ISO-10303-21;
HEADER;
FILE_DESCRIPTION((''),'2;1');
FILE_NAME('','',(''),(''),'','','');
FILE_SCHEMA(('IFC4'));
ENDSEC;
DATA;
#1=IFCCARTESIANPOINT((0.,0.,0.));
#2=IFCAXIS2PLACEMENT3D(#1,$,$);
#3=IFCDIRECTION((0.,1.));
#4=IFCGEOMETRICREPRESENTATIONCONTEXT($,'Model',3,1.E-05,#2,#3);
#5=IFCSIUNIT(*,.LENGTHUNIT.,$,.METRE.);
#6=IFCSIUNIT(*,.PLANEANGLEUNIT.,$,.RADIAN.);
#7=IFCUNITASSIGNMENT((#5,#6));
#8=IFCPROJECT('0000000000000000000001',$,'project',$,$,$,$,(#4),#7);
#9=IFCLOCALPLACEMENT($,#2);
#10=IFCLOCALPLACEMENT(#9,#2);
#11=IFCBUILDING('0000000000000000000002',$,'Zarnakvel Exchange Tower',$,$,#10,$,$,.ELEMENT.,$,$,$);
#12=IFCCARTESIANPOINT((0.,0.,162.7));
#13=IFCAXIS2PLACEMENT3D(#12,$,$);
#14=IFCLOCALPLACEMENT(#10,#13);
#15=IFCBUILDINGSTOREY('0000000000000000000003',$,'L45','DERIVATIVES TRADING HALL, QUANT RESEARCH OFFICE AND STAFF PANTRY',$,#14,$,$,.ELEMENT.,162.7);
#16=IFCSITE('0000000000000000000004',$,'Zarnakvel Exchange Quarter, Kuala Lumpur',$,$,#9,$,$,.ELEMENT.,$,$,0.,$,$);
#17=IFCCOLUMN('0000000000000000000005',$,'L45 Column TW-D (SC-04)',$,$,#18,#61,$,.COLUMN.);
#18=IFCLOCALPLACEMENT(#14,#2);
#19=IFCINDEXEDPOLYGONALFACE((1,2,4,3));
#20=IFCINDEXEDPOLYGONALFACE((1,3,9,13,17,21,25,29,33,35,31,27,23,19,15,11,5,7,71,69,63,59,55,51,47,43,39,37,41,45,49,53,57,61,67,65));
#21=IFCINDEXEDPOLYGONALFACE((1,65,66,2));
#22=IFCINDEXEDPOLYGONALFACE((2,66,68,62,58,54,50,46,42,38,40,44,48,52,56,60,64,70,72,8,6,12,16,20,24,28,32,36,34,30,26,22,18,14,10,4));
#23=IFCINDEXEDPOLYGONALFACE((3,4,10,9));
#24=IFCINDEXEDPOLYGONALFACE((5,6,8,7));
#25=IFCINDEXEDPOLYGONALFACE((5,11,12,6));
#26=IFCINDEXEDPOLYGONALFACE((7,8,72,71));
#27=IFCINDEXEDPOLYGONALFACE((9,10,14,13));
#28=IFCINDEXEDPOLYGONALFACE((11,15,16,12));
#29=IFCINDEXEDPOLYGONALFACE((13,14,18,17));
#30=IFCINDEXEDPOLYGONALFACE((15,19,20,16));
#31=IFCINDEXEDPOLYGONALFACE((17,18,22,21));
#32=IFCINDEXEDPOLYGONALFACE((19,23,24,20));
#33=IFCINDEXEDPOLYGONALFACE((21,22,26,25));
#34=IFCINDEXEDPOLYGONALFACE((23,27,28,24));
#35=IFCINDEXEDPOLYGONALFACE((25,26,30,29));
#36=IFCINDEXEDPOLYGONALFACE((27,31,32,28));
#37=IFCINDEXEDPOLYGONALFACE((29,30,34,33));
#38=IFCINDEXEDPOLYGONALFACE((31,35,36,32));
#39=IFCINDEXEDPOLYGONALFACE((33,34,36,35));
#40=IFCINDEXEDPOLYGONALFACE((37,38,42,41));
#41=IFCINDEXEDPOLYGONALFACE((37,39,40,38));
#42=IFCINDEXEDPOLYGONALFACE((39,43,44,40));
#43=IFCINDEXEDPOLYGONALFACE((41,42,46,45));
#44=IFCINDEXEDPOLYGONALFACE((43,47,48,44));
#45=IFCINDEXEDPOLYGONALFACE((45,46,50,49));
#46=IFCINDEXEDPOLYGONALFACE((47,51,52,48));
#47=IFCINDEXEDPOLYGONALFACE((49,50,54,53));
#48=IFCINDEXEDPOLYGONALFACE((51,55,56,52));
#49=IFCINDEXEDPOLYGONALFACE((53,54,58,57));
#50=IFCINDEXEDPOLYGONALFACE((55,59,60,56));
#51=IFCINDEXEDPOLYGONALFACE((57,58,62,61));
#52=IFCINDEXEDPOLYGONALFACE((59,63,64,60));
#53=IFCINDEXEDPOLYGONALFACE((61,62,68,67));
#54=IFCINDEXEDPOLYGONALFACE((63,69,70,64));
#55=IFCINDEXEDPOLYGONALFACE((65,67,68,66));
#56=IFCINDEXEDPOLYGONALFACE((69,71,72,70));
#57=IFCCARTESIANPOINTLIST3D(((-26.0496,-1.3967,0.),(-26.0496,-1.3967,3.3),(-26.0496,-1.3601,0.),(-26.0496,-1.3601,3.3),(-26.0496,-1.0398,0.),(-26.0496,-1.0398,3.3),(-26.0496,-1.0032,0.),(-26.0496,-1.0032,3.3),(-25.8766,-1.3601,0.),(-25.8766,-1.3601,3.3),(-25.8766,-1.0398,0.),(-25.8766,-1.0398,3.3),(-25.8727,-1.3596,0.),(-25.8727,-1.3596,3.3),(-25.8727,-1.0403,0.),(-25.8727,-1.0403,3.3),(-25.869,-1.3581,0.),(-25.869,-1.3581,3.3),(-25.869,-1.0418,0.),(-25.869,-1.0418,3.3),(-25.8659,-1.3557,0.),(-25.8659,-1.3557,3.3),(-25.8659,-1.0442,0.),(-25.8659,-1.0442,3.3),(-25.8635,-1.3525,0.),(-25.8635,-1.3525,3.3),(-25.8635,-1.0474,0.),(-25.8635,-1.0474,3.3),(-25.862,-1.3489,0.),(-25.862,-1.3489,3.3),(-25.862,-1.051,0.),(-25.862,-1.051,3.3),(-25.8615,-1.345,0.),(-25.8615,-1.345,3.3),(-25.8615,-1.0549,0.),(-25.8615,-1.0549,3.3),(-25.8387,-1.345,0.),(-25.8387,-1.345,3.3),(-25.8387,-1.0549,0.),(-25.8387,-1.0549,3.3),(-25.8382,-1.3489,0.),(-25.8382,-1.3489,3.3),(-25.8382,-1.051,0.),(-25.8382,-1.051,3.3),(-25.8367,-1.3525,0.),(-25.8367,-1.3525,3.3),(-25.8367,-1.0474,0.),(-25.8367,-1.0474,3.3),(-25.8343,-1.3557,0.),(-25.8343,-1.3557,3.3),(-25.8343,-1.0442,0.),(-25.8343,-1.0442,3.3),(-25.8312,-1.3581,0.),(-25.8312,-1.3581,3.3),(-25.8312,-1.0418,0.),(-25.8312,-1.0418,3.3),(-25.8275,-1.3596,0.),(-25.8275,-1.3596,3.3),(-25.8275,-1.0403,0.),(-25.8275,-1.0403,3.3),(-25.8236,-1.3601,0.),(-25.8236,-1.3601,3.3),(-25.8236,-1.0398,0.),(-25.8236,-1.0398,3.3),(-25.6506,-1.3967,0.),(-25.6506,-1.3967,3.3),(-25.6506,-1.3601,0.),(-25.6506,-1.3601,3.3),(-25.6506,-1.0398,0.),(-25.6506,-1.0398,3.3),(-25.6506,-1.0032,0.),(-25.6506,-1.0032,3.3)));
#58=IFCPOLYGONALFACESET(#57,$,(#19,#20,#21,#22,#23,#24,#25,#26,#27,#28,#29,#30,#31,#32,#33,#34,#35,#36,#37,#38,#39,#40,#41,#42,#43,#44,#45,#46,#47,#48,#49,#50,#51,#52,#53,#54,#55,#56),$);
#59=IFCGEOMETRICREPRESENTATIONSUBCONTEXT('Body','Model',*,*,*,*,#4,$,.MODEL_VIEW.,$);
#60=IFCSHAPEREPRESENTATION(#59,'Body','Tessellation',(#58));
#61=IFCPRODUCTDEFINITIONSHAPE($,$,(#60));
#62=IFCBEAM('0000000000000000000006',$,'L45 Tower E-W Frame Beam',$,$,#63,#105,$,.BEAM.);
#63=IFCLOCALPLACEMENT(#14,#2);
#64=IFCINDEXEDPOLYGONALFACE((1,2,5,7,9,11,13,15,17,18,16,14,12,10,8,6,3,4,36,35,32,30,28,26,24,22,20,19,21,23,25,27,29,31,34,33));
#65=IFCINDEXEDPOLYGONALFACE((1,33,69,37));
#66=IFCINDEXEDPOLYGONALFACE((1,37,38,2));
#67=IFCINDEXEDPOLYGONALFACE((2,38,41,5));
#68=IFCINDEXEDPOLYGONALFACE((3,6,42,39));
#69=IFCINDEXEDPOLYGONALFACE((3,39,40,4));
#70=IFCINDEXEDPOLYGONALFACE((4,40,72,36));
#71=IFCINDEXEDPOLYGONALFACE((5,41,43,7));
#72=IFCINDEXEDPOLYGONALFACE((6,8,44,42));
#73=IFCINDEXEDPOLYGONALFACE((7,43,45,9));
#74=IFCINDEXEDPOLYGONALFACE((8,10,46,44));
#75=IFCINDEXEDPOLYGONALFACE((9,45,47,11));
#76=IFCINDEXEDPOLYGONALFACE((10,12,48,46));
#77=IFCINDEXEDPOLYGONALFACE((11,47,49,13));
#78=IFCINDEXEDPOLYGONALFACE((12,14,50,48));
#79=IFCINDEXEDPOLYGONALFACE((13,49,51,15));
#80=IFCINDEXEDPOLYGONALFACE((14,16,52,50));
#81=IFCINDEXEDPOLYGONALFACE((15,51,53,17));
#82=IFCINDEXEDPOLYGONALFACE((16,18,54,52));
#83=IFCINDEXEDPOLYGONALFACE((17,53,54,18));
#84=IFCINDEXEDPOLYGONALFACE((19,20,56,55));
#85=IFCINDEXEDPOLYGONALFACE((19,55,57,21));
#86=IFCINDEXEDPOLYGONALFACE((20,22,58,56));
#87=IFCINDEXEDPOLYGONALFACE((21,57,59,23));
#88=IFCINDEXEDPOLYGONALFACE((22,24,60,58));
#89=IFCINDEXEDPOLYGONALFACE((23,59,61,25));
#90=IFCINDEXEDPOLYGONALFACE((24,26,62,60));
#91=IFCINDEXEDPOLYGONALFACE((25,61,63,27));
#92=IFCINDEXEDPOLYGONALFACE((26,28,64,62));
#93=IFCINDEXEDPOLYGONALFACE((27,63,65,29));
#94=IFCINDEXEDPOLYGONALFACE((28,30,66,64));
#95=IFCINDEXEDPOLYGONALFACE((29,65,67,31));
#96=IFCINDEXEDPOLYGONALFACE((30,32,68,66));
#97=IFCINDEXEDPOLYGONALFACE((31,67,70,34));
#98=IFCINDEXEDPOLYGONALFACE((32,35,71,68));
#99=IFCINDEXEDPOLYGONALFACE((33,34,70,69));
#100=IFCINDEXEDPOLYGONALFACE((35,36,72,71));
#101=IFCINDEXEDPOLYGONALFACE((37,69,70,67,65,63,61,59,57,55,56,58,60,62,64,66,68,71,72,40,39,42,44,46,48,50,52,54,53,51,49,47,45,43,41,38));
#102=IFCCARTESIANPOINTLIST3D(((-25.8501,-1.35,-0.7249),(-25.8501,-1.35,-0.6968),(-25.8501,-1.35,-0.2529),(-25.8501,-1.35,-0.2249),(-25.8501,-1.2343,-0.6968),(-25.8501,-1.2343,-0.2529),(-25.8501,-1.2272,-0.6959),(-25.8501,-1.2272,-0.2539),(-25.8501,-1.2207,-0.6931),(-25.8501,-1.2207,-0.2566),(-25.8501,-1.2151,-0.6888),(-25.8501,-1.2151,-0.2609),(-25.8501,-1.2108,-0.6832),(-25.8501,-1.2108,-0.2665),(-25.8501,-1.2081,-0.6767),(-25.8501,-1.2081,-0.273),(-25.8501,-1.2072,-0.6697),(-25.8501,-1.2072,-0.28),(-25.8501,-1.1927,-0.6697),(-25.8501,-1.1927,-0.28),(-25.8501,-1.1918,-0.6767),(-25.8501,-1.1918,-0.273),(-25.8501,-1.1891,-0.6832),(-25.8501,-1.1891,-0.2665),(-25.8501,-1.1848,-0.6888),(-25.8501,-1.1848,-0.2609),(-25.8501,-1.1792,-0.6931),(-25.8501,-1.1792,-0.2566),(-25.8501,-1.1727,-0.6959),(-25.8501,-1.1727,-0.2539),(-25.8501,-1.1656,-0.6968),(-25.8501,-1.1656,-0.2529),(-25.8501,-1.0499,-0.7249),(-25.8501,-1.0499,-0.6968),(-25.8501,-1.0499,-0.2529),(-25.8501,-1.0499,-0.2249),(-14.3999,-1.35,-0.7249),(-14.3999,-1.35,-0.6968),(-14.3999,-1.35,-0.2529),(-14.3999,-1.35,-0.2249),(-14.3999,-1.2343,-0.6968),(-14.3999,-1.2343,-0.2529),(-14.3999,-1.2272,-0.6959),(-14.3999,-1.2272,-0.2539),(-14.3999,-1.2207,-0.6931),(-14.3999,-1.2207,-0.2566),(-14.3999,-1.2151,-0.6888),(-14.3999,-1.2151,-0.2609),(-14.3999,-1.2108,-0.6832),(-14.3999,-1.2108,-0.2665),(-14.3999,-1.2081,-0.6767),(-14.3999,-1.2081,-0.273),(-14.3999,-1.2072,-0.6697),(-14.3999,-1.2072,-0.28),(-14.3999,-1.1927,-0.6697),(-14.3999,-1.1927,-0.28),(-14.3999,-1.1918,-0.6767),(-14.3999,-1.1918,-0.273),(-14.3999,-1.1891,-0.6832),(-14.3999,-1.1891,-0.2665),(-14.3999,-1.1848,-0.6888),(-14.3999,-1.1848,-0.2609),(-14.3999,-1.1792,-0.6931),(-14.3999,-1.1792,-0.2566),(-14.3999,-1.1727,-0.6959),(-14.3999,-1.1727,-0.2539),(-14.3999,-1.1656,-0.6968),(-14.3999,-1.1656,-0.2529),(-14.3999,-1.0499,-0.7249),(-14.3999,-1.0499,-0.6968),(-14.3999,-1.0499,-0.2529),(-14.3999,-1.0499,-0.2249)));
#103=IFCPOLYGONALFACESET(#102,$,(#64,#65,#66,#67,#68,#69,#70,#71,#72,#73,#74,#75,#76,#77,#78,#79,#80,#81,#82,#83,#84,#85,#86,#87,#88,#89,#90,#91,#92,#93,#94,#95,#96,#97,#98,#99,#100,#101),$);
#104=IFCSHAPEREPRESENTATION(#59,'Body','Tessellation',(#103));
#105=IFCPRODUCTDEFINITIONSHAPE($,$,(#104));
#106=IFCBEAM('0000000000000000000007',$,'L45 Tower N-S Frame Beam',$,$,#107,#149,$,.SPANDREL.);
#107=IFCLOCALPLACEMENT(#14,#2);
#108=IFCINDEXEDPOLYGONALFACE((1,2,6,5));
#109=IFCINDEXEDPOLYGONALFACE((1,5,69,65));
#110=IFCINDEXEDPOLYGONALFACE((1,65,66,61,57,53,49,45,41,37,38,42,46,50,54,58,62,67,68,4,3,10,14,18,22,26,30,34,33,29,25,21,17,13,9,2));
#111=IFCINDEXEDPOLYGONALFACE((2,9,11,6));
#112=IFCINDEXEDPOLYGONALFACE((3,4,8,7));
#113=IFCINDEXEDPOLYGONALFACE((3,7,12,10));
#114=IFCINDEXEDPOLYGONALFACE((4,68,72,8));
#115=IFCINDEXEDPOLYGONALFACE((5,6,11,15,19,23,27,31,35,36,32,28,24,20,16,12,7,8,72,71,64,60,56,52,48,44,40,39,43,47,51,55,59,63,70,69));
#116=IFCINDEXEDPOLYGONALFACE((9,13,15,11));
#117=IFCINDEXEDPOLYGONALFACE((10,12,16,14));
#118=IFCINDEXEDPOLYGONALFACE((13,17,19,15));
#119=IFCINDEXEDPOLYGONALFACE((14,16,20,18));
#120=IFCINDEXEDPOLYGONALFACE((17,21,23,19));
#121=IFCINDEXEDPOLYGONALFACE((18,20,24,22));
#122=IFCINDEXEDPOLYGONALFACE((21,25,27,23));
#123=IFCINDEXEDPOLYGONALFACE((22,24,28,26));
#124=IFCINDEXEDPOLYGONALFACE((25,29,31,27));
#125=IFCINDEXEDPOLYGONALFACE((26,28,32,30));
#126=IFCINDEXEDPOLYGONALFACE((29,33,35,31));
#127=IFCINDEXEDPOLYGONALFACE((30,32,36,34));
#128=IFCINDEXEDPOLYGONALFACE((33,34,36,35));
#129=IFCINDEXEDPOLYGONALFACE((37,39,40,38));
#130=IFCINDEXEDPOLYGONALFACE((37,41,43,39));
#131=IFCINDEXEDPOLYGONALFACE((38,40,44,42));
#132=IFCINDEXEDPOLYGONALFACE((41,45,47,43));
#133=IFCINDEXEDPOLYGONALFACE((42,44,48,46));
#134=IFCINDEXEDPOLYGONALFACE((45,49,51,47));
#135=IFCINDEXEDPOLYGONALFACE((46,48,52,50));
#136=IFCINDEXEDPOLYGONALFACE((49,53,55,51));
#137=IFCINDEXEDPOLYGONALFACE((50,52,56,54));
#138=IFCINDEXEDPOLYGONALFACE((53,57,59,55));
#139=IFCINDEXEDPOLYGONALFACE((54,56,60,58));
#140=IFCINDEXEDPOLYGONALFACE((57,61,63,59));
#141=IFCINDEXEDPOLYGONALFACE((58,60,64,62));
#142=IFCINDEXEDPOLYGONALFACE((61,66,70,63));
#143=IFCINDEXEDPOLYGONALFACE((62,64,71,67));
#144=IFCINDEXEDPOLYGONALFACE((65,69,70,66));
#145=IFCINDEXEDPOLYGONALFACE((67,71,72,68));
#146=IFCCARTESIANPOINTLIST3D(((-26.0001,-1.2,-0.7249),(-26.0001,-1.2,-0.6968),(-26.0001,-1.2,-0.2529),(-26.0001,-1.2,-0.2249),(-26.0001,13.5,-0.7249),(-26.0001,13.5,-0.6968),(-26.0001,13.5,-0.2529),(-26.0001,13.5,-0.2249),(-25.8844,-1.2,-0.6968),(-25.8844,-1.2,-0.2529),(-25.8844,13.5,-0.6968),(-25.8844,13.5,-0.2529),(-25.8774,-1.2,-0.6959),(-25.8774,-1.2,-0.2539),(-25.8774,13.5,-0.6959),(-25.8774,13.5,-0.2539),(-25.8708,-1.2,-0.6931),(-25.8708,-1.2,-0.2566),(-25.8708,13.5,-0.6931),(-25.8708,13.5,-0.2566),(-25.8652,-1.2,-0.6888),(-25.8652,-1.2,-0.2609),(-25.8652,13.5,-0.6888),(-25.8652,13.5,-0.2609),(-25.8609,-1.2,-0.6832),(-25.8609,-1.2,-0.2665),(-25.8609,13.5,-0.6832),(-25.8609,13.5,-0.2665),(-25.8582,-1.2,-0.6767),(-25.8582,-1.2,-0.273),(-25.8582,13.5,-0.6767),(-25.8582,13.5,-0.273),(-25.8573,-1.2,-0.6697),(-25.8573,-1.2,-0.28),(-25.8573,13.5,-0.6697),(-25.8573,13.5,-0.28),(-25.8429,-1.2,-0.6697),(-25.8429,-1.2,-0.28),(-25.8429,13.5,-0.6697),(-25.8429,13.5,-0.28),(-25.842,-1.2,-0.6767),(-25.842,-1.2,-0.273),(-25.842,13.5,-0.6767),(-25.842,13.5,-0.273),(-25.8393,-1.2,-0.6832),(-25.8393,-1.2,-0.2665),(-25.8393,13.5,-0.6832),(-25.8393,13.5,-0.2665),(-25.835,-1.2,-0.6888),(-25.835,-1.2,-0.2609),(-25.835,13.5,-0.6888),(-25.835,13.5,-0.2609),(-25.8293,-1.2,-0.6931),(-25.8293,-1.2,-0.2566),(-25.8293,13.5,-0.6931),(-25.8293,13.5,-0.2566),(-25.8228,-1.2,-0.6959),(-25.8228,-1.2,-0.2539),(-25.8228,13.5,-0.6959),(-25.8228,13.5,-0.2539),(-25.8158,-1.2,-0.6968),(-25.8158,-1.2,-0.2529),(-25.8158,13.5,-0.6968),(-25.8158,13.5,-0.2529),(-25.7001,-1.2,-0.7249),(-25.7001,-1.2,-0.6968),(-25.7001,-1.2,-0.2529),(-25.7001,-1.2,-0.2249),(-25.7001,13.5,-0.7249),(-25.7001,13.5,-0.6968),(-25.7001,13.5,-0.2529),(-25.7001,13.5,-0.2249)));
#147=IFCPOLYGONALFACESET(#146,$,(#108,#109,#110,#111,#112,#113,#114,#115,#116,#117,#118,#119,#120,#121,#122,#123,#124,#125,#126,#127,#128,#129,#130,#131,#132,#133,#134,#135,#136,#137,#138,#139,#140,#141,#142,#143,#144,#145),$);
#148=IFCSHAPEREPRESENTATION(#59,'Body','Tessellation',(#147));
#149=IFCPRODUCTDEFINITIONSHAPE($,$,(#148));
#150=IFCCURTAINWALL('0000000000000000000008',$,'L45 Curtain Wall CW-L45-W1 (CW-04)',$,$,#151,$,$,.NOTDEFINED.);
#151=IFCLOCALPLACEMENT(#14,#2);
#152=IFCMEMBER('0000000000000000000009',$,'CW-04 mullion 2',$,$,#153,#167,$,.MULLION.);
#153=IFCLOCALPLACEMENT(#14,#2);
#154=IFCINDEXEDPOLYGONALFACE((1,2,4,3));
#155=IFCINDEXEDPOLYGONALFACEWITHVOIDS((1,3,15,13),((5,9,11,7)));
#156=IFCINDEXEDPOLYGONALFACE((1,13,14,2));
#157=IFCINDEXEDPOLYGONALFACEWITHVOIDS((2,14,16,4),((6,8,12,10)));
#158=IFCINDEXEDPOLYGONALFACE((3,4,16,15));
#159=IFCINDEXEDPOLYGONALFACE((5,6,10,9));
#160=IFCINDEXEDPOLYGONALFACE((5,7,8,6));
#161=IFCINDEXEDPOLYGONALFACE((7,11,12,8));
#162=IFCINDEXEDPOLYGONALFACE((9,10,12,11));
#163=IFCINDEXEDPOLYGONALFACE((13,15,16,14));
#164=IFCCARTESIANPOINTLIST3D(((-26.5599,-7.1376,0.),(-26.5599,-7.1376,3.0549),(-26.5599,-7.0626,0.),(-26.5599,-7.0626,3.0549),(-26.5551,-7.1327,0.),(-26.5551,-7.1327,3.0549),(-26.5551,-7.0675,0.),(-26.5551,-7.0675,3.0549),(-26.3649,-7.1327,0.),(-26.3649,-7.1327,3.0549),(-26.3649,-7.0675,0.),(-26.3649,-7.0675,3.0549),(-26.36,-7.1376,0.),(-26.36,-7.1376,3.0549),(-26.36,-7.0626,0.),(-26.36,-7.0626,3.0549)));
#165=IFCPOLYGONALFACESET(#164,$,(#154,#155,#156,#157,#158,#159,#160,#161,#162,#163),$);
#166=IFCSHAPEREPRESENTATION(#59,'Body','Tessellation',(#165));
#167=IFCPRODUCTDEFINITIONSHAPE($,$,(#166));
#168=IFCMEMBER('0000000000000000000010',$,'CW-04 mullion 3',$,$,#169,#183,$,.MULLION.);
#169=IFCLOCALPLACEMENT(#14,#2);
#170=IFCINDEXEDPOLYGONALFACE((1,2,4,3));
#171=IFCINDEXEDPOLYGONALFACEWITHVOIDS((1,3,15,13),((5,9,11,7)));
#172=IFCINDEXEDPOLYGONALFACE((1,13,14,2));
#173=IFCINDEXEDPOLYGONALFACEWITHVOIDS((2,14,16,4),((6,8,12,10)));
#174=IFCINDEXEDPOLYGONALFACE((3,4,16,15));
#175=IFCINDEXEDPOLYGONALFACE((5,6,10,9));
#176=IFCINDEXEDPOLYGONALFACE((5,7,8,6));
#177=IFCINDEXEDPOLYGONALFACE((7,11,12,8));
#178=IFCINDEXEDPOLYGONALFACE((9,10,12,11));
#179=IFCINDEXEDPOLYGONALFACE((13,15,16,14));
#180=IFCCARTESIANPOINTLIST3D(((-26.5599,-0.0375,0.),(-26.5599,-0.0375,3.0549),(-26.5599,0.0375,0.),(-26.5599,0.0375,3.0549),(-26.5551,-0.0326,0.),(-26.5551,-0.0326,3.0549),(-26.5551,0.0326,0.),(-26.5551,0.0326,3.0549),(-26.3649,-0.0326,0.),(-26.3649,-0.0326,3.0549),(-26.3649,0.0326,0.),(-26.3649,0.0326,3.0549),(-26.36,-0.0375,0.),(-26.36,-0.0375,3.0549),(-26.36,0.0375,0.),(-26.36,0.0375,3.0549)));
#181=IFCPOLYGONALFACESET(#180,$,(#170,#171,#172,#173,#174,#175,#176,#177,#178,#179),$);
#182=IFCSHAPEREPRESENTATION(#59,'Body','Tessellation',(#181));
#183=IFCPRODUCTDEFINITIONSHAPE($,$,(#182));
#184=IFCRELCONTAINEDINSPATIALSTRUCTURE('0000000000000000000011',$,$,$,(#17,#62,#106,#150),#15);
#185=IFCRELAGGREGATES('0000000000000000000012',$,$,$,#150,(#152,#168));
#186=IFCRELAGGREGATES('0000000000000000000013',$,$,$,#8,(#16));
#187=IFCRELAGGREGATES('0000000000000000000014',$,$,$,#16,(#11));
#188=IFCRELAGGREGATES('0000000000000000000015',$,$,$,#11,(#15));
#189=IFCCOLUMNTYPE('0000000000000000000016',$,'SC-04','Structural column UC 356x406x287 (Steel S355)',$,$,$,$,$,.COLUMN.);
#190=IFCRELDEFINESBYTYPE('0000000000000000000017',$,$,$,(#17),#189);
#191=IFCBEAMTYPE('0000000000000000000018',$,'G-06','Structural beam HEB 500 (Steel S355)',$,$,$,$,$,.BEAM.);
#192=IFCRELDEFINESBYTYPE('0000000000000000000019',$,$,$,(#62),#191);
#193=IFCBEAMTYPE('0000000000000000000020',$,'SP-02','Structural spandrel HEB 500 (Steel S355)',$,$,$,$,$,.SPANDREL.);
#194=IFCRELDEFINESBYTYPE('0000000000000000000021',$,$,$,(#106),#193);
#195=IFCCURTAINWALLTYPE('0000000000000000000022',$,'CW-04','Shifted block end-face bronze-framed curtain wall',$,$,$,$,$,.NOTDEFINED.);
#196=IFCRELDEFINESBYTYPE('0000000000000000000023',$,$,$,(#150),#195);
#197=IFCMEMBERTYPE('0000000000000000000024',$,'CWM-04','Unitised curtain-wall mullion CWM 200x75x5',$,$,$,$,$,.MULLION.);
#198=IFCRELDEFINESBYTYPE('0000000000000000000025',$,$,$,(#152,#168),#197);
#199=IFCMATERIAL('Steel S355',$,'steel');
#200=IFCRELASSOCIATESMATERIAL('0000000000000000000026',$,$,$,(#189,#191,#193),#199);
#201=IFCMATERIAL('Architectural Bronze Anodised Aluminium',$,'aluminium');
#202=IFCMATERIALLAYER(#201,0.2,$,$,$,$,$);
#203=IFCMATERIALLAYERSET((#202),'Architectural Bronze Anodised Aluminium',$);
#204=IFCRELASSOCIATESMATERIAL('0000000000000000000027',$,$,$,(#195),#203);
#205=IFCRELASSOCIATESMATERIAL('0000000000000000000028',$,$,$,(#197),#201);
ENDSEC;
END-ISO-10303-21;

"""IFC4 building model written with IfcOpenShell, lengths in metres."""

from ifc_helpers import new_model, si_unit, direction, frame, origin, origin_2d, place, context, subcontext, project, spatial, hollow_rectangle, i_section, extrude, source, transform, mapped, material, layer, layer_set, material_profile, profile_set, type_object, element, aggregate, save


model = new_model("IFC4")

# Units and contexts
model_context = context("Model", 3, precision=1e-05, world=origin(), true_north=direction((0.0, 1.0)))
body_context = subcontext(model_context, "Body", "Model", "MODEL_VIEW")
ifc_project = project(units=[si_unit("LENGTHUNIT", "METRE"), si_unit("PLANEANGLEUNIT", "RADIAN")], contexts=[model_context])

# Site, building, storey
site_placement = place(None, origin())
site = spatial("IfcSite", under=ifc_project, at=site_placement, Name="Zarnakvel Exchange Quarter, Kuala Lumpur", CompositionType="ELEMENT", RefElevation=0.0)
building_placement = place(site_placement, origin())
building = spatial("IfcBuilding", under=site, at=building_placement, Name="Zarnakvel Exchange Tower", CompositionType="ELEMENT")
storey_placement = place(building_placement, frame((0.0, 0.0, 162.7)))
storey = spatial("IfcBuildingStorey", under=building, at=storey_placement, Name="L45", Description="DERIVATIVES TRADING HALL, QUANT RESEARCH OFFICE AND STAFF PANTRY", CompositionType="ELEMENT", Elevation=162.7)

# Column
ifc_material_1 = material(Name="Steel S355", Category="steel")
ifc_material_profile_1 = material_profile(ifc_material_1, i_section(OverallWidth=0.3989, OverallDepth=0.3936, WebThickness=0.0227, FlangeThickness=0.0366, FilletRadius=0.0151, at=origin_2d()))
ifc_profile_set_1 = profile_set([ifc_material_profile_1], Name="Steel S355")
column_type = type_object("IfcColumnType", Name="SC-04", Description="Structural column UC 356x406x287 (Steel S355)", PredefinedType="COLUMN", material=ifc_profile_set_1)
column_placement = place(storey_placement, frame((-25.8501, -1.2, 0.0), z_axis=(0.0, 0.0, 1.0), x_axis=(1.0, 0.0, 0.0)))
element("IfcColumn", 1, at=column_placement, inside=storey, type_object=column_type, Name="L45 Column TW-D (SC-04)", PredefinedType="COLUMN", context=body_context, shape_type="SweptSolid", body=[
    extrude(i_section(OverallWidth=0.3989, OverallDepth=0.3936, WebThickness=0.0227, FlangeThickness=0.0366, FilletRadius=0.0151, at=origin_2d()), origin(), (0.0, 0.0, 1.0), 3.3),
])

# Beams
ifc_material_profile_2 = material_profile(ifc_material_1, i_section(OverallWidth=0.3, OverallDepth=0.5, WebThickness=0.0144, FlangeThickness=0.0281, FilletRadius=0.0271, at=origin_2d()))
ifc_profile_set_2 = profile_set([ifc_material_profile_2], Name="Steel S355")
beam_type_1 = type_object("IfcBeamType", Name="G-06", Description="Structural beam HEB 500 (Steel S355)", PredefinedType="BEAM", material=ifc_profile_set_2)
beam_1_placement = place(storey_placement, frame((-25.8501, -1.2, -0.4749), z_axis=(1.0, 0.0, 0.0), x_axis=(0.0, 1.0, 0.0)))
element("IfcBeam", 2, at=beam_1_placement, inside=storey, type_object=beam_type_1, Name="L45 Tower E-W Frame Beam", PredefinedType="BEAM", context=body_context, shape_type="SweptSolid", body=[
    extrude(i_section(OverallWidth=0.3, OverallDepth=0.5, WebThickness=0.0144, FlangeThickness=0.0281, FilletRadius=0.0271, at=origin_2d()), origin(), (0.0, 0.0, 1.0), 11.4502),
])
ifc_material_profile_3 = material_profile(ifc_material_1, i_section(OverallWidth=0.3, OverallDepth=0.5, WebThickness=0.0144, FlangeThickness=0.0281, FilletRadius=0.0271, at=origin_2d()))
ifc_profile_set_3 = profile_set([ifc_material_profile_3], Name="Steel S355")
beam_type_2 = type_object("IfcBeamType", Name="SP-02", Description="Structural spandrel HEB 500 (Steel S355)", PredefinedType="SPANDREL", material=ifc_profile_set_3)
beam_2_placement = place(storey_placement, frame((-25.8501, -1.2, -0.4749), z_axis=(0.0, 1.0, 0.0), x_axis=(-1.0, 0.0, 0.0)))
element("IfcBeam", 3, at=beam_2_placement, inside=storey, type_object=beam_type_2, Name="L45 Tower N-S Frame Beam", PredefinedType="SPANDREL", context=body_context, shape_type="SweptSolid", body=[
    extrude(i_section(OverallWidth=0.3, OverallDepth=0.5, WebThickness=0.0144, FlangeThickness=0.0281, FilletRadius=0.0271, at=origin_2d()), origin(), (0.0, 0.0, 1.0), 14.7),
])

# Curtain wall, members
ifc_material_2 = material(Name="Architectural Bronze Anodised Aluminium", Category="aluminium")
ifc_layer_1 = layer(ifc_material_2, 0.2)
ifc_layer_set_1 = layer_set([ifc_layer_1], Name="Architectural Bronze Anodised Aluminium")
curtain_wall_type = type_object("IfcCurtainWallType", Name="CW-04", Description="Shifted block end-face bronze-framed curtain wall", PredefinedType="NOTDEFINED", material=ifc_layer_set_1)
curtain_wall_placement = place(storey_placement, origin())
curtain_wall = element("IfcCurtainWall", 4, at=curtain_wall_placement, inside=storey, type_object=curtain_wall_type, Name="L45 Curtain Wall CW-L45-W1 (CW-04)", PredefinedType="NOTDEFINED")
ifc_material_profile_4 = material_profile(ifc_material_2, hollow_rectangle(XDim=0.2, YDim=0.075, WallThickness=0.0049, at=origin_2d()))
ifc_profile_set_4 = profile_set([ifc_material_profile_4], Name="Architectural Bronze Anodised Aluminium")
member_type_1 = type_object("IfcMemberType", Name="CWM-04", Description="Unitised curtain-wall mullion CWM 200x75x5", PredefinedType="MULLION", material=ifc_profile_set_4)
shared_shape_1 = source(origin(), body_context, "Body", "SweptSolid", [
    extrude(hollow_rectangle(XDim=0.2, YDim=0.075, WallThickness=0.0049, at=origin_2d()), origin(), (0.0, 0.0, 1.0), 3.0549),
])
member_1_placement = place(storey_placement, frame((-26.46, -7.1001, 0.0), z_axis=(0.0, 0.0, 1.0), x_axis=(-1.0, 0.0, 0.0)))
member_1 = element("IfcMember", 5, at=member_1_placement, type_object=member_type_1, Name="CW-04 mullion 2", PredefinedType="MULLION", context=body_context, shape_type="MappedRepresentation", body=[
    mapped(shared_shape_1, transform((0.0, 0.0, 0.0), x_axis=(1.0, 0.0, 0.0), y_axis=(0.0, 1.0, 0.0), z_axis=(0.0, 0.0, 1.0), scale=1.0)),
])
member_2_placement = place(storey_placement, frame((-26.46, 0.0, 0.0), z_axis=(0.0, 0.0, 1.0), x_axis=(-1.0, 0.0, 0.0)))
member_2 = element("IfcMember", 6, at=member_2_placement, type_object=member_type_1, Name="CW-04 mullion 3", PredefinedType="MULLION", context=body_context, shape_type="MappedRepresentation", body=[
    mapped(shared_shape_1, transform((0.0, 0.0, 0.0), x_axis=(1.0, 0.0, 0.0), y_axis=(0.0, 1.0, 0.0), z_axis=(0.0, 0.0, 1.0), scale=1.0)),
])
aggregate(curtain_wall, [member_1, member_2])

save(model, "model.ifc")
